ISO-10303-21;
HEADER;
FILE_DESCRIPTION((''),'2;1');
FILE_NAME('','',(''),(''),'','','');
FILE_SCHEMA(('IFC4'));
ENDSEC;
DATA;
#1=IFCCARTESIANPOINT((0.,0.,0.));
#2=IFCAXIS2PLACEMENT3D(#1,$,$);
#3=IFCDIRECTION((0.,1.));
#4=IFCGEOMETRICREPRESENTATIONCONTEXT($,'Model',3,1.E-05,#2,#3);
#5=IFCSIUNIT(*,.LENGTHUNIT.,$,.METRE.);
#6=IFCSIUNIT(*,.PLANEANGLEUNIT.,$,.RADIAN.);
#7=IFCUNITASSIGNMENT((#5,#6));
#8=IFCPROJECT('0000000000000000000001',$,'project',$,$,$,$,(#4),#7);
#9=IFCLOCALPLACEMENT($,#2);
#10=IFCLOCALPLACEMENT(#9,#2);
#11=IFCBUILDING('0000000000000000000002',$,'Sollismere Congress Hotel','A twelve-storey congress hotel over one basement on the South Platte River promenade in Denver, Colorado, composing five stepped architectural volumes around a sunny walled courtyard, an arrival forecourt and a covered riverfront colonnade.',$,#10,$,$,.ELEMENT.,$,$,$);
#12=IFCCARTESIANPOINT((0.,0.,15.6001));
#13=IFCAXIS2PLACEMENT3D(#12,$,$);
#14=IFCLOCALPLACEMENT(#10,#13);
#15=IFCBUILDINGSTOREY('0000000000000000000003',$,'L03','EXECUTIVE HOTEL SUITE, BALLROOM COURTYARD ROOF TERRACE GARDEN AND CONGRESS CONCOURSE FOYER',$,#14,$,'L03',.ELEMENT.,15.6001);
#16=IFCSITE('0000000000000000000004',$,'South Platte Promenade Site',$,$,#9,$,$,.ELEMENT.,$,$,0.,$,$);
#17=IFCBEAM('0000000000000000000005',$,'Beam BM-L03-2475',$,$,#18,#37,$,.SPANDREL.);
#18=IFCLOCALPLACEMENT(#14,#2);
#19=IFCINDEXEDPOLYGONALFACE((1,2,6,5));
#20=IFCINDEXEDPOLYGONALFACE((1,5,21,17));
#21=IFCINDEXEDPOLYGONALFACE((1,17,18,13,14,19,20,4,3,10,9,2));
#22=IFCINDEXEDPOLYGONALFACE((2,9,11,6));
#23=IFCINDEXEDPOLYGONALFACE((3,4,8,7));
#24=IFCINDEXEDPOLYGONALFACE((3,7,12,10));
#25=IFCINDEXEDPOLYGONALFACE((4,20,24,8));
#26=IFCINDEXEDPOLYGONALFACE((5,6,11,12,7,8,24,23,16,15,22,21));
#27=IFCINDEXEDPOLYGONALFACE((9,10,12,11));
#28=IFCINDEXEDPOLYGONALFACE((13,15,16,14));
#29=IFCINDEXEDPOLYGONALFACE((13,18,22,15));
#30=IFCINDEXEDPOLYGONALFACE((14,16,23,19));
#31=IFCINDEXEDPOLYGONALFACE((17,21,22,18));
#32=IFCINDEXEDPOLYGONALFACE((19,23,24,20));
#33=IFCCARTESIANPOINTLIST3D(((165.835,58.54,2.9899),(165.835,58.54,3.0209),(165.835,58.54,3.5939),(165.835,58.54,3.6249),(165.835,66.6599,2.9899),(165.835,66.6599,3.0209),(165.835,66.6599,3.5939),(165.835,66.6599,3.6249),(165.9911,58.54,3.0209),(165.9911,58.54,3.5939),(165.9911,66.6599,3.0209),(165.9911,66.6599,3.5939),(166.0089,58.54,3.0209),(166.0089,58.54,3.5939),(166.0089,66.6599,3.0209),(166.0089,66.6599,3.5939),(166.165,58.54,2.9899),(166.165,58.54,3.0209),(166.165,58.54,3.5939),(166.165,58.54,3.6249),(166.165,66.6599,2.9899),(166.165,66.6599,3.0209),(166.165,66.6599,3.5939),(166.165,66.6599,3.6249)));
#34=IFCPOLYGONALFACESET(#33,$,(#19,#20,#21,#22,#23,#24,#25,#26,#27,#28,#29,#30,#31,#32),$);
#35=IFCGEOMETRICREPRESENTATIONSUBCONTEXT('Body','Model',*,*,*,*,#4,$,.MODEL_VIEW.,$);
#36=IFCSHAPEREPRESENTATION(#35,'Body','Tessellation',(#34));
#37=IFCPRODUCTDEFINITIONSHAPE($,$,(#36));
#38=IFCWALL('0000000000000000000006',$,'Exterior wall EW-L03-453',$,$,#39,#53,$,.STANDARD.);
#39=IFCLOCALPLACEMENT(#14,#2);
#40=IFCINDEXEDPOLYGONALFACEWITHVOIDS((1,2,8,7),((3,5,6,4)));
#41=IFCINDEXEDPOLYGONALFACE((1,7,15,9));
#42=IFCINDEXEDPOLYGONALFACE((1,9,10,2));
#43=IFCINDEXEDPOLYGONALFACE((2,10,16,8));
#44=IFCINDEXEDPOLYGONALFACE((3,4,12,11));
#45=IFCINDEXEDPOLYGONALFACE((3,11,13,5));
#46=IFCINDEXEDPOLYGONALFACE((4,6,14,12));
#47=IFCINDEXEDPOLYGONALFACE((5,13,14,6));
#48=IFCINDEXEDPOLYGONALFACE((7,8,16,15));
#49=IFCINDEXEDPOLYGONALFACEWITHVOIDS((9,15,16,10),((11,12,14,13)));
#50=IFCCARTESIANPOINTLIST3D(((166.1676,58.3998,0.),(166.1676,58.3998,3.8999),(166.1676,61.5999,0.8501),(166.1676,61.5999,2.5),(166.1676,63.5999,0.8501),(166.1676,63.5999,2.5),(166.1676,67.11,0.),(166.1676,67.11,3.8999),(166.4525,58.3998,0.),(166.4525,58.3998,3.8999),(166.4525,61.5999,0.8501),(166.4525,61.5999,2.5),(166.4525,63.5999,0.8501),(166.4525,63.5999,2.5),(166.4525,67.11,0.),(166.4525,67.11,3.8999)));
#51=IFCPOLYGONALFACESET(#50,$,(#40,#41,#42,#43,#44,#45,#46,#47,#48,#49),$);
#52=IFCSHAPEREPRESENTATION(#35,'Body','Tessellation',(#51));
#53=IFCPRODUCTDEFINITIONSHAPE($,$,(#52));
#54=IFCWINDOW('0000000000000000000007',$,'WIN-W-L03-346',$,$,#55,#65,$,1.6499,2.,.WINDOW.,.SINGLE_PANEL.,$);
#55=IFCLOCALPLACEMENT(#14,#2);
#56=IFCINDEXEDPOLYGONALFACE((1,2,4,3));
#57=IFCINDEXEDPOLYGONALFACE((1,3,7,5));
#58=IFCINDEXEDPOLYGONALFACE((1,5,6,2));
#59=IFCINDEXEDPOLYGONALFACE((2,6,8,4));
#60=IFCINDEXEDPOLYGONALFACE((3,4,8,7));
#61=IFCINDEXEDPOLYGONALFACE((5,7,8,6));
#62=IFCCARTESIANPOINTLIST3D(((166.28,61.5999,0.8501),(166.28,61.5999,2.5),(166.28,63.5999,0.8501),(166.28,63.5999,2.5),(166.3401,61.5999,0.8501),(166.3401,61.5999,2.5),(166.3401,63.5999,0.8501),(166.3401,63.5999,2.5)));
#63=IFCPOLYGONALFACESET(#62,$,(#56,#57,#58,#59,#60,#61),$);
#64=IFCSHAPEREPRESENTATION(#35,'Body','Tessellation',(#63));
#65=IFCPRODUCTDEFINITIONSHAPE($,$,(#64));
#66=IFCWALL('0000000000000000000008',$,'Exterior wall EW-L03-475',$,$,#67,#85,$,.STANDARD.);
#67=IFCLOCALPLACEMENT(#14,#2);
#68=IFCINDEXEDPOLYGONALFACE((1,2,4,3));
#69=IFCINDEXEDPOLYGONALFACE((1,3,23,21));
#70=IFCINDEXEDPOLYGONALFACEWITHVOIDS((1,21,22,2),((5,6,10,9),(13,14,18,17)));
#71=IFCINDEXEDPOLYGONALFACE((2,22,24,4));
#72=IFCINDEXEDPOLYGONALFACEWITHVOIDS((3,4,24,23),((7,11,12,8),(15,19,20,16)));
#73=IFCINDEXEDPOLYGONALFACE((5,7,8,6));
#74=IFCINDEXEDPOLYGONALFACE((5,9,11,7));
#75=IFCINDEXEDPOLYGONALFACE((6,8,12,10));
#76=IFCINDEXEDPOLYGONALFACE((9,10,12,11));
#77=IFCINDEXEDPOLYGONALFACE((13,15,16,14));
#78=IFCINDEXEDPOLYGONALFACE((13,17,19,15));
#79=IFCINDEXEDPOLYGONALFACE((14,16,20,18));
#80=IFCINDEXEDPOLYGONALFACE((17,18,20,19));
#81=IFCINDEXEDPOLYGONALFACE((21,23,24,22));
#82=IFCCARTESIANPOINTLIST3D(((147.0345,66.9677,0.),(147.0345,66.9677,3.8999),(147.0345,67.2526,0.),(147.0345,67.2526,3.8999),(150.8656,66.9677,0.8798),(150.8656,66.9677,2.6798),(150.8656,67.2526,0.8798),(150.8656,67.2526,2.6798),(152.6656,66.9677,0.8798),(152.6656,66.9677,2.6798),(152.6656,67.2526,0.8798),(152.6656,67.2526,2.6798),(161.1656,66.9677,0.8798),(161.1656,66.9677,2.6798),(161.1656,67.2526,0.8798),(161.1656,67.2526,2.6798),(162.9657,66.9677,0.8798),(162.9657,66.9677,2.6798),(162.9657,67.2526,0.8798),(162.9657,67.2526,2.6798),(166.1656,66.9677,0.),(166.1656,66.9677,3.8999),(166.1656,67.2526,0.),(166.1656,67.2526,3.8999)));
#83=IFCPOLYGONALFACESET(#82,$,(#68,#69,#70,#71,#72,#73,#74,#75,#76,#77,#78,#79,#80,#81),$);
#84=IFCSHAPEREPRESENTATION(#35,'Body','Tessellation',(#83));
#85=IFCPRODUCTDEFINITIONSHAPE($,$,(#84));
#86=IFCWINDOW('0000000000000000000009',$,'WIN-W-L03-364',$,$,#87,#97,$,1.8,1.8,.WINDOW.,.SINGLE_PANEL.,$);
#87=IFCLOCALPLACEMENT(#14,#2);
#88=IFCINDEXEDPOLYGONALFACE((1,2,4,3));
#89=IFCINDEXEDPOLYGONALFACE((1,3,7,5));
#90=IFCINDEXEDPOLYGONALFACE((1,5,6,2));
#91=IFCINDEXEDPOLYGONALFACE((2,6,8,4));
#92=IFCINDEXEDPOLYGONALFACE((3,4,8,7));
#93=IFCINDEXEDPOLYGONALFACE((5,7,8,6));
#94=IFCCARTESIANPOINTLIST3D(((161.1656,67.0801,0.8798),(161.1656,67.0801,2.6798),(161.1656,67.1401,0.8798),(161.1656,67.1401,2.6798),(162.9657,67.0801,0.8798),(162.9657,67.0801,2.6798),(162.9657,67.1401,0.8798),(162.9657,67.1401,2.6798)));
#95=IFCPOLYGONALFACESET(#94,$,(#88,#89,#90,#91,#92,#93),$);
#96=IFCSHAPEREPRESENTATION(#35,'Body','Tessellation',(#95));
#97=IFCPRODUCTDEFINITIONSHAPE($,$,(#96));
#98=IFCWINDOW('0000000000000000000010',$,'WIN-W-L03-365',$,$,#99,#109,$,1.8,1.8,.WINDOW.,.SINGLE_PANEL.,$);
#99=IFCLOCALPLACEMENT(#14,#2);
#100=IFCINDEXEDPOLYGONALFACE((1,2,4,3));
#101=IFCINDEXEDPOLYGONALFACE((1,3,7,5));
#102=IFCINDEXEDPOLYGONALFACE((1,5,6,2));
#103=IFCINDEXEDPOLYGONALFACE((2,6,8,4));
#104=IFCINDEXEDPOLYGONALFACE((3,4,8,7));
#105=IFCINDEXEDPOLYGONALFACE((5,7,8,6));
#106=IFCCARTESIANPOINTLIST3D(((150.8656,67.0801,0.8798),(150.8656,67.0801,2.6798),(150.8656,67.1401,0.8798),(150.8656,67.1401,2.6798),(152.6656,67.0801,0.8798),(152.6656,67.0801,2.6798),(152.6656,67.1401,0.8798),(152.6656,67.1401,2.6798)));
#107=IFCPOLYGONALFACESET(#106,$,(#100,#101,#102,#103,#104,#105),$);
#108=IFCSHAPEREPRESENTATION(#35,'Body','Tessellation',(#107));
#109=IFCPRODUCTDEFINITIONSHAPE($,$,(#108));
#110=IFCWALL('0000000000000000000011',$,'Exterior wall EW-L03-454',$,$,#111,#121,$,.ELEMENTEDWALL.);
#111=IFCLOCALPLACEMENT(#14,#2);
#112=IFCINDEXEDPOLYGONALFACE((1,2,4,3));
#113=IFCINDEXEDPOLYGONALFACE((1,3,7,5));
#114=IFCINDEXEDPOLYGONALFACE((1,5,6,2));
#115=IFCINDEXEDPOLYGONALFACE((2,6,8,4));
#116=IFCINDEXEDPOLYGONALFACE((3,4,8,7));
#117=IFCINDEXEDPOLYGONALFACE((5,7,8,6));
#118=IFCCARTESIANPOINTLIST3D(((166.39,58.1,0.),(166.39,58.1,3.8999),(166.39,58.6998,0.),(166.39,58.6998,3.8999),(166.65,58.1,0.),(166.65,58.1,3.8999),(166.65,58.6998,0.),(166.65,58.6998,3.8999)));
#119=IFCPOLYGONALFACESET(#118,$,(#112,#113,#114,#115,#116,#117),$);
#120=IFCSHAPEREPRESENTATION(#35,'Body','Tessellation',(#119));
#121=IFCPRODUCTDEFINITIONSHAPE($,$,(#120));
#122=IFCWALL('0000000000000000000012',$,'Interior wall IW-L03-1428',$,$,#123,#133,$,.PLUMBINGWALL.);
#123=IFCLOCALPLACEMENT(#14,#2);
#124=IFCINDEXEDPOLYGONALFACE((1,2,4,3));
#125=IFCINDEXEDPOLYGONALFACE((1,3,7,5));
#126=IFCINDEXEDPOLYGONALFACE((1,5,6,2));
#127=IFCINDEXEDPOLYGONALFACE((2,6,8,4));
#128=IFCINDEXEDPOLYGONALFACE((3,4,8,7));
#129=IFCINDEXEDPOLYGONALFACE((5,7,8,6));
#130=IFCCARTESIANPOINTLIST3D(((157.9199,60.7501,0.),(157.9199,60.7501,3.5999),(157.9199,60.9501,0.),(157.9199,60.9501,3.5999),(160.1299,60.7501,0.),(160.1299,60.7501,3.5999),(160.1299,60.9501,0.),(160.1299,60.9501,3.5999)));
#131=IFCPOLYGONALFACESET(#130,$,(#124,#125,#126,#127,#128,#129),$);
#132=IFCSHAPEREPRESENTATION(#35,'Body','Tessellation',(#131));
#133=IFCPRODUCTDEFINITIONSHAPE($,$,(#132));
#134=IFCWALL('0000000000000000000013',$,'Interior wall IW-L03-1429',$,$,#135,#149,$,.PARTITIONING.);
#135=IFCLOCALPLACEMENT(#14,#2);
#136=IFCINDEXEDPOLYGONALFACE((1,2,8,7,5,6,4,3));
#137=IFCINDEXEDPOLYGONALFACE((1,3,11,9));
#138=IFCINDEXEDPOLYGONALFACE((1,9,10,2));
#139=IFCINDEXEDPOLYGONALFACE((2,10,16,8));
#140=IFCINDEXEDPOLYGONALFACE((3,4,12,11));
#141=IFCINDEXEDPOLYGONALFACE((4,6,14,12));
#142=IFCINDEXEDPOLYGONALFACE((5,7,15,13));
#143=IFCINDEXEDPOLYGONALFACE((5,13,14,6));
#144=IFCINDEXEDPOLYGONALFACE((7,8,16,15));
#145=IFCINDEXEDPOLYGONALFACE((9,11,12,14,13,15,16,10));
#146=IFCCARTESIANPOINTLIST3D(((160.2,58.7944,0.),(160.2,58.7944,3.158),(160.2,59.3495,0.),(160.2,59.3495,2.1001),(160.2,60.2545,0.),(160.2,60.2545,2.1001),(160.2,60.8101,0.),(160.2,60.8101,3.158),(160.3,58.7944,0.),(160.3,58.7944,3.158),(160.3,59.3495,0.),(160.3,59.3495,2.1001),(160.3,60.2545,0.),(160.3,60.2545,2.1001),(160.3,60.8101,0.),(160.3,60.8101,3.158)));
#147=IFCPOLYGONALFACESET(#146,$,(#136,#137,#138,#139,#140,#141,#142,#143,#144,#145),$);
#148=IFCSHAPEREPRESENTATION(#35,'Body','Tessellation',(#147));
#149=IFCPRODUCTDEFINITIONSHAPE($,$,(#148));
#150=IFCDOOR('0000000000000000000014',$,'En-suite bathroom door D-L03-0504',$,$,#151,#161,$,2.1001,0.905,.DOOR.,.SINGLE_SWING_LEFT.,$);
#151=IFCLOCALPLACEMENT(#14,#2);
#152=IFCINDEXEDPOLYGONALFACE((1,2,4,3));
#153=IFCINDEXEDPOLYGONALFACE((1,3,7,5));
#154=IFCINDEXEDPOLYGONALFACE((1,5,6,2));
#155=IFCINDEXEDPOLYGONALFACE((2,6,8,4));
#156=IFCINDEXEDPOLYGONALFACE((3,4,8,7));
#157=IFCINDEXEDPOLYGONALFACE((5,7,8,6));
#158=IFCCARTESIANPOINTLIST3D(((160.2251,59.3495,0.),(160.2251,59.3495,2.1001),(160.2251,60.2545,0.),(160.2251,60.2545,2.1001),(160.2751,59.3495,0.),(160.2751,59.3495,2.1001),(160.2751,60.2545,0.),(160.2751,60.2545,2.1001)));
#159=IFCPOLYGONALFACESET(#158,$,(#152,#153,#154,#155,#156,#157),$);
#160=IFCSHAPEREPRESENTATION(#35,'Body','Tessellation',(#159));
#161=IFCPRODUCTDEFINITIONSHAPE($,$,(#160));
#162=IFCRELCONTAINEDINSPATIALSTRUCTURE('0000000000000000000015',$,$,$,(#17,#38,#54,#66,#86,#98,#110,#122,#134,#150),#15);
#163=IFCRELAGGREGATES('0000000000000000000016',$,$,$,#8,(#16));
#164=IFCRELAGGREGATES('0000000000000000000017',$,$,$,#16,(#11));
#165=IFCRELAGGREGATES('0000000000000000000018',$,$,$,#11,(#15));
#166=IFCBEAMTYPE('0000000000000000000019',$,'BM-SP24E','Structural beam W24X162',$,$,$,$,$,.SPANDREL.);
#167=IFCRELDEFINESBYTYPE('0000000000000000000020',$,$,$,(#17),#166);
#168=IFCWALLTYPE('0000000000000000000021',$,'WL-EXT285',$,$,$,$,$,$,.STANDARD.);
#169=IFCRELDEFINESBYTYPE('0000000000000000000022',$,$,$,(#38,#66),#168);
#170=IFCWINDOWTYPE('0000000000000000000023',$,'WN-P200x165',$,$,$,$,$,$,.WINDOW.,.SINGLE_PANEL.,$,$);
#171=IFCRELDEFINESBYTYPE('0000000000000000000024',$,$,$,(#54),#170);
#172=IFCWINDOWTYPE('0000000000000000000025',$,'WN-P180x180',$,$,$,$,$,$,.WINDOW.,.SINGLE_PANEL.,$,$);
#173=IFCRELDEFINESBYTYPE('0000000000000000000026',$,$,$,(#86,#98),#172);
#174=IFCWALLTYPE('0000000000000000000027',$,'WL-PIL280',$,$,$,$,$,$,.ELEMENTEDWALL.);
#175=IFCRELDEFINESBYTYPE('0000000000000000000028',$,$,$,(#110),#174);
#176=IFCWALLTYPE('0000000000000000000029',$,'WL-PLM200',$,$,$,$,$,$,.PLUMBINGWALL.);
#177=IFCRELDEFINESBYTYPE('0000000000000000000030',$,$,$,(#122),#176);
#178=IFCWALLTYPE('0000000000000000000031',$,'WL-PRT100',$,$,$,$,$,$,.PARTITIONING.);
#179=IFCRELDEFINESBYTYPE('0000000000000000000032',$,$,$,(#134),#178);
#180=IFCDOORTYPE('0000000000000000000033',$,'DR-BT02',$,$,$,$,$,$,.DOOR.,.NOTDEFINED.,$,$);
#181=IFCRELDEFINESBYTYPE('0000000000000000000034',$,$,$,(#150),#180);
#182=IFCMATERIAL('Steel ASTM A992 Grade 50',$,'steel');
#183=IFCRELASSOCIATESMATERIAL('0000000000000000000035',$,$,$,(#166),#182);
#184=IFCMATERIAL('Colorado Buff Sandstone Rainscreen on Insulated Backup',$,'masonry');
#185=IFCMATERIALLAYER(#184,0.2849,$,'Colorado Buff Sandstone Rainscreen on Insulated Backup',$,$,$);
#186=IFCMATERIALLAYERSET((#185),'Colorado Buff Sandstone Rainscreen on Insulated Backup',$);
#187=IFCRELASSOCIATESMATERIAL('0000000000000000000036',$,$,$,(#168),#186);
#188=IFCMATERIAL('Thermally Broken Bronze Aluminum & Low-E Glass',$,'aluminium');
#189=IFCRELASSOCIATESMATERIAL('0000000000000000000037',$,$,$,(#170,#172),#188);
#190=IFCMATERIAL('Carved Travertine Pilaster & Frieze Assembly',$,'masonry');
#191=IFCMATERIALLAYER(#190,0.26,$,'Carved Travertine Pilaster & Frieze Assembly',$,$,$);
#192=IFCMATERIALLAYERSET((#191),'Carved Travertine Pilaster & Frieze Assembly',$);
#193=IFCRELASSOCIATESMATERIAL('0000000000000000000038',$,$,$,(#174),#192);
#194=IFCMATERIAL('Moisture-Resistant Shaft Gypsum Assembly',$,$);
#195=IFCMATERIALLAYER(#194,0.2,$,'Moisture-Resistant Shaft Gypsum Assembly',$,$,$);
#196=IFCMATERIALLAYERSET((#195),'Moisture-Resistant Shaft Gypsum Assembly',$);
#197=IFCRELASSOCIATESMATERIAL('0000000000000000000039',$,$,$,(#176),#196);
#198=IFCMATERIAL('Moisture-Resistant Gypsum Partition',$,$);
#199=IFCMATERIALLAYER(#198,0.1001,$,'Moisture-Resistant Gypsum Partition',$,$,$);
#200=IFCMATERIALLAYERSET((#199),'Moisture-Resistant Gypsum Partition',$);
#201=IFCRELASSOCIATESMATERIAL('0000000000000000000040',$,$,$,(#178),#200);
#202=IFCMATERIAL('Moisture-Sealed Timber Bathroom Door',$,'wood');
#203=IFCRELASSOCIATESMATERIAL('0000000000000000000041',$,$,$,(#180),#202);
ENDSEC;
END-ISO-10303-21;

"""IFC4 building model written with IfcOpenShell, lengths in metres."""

from ifc_helpers import new_model, si_unit, direction, frame, frame_2d, origin, origin_2d, place, context, subcontext, project, spatial, rectangle, i_section, extrude, material, layer, layer_set, material_profile, profile_set, type_object, element, fill, save


model = new_model("IFC4")

# Units and contexts
model_context = context("Model", 3, precision=1e-05, world=origin(), true_north=direction((0.0, 1.0)))
body_context = subcontext(model_context, "Body", "Model", "MODEL_VIEW")
ifc_project = project(units=[si_unit("LENGTHUNIT", "METRE"), si_unit("PLANEANGLEUNIT", "RADIAN")], contexts=[model_context])

# Site, building, storey
site_placement = place(None, origin())
site = spatial("IfcSite", under=ifc_project, at=site_placement, Name="South Platte Promenade Site", CompositionType="ELEMENT", RefElevation=0.0)
building_placement = place(site_placement, origin())
building = spatial("IfcBuilding", under=site, at=building_placement, Name="Sollismere Congress Hotel", Description="A twelve-storey congress hotel over one basement on the South Platte River promenade in Denver, Colorado, composing five stepped architectural volumes around a sunny walled courtyard, an arrival forecourt and a covered riverfront colonnade.", CompositionType="ELEMENT")
storey_placement = place(building_placement, frame((0.0, 0.0, 15.6001)))
storey = spatial("IfcBuildingStorey", under=building, at=storey_placement, Name="L03", Description="EXECUTIVE HOTEL SUITE, BALLROOM COURTYARD ROOF TERRACE GARDEN AND CONGRESS CONCOURSE FOYER", LongName="L03", CompositionType="ELEMENT", Elevation=15.6001)

# Shared definitions
ifc_material_1 = material(Name="Steel ASTM A992 Grade 50", Category="steel")

# Beam
ifc_material_profile_1 = material_profile(ifc_material_1, i_section(OverallWidth=0.3301, OverallDepth=0.635, WebThickness=0.0178, FlangeThickness=0.031, at=origin_2d()), Name="W24X162")
ifc_profile_set_1 = profile_set([ifc_material_profile_1], Name="Steel ASTM A992 Grade 50")
beam_type_1 = type_object("IfcBeamType", Name="BM-SP24E", Description="Structural beam W24X162", PredefinedType="SPANDREL", material=ifc_profile_set_1)
beam_placement = place(storey_placement, frame((166.0, 58.54, 3.3074), z_axis=(0.0, 1.0, 0.0), x_axis=(-1.0, 0.0, 0.0)))
element("IfcBeam", 1, at=beam_placement, inside=storey, type_object=beam_type_1, Name="Beam BM-L03-2475", PredefinedType="SPANDREL", context=body_context, shape_type="SweptSolid", body=[
    extrude(i_section(OverallWidth=0.3301, OverallDepth=0.635, WebThickness=0.0178, FlangeThickness=0.031, at=origin_2d()), origin(), (0.0, 0.0, 1.0), 8.1199),
])

# Wall, opening, window
ifc_material_2 = material(Name="Colorado Buff Sandstone Rainscreen on Insulated Backup", Category="masonry")
ifc_layer_1 = layer(ifc_material_2, 0.2849, Name="Colorado Buff Sandstone Rainscreen on Insulated Backup")
ifc_layer_set_1 = layer_set([ifc_layer_1], Name="Colorado Buff Sandstone Rainscreen on Insulated Backup")
wall_type_1 = type_object("IfcWallType", Name="WL-EXT285", PredefinedType="STANDARD", material=ifc_layer_set_1)
wall_1_placement = place(storey_placement, frame((166.3101, 58.3999, 0.0), z_axis=(0.0, 0.0, 1.0), x_axis=(0.0, 1.0, 0.0)))
wall_1 = element("IfcWall", 2, at=wall_1_placement, inside=storey, type_object=wall_type_1, Name="Exterior wall EW-L03-453", PredefinedType="STANDARD", context=body_context, shape_type="SweptSolid", body=[
    extrude(rectangle(XDim=8.7102, YDim=0.2849, at=frame_2d((4.355, 0.0))), origin(), (0.0, 0.0, 1.0), 3.8999),
])
opening_1_placement = place(wall_1_placement, frame((3.2, 0.0, 0.8501)))
opening_1 = element("IfcOpeningElement", 3, at=opening_1_placement, cuts=wall_1, PredefinedType="OPENING", context=body_context, shape_type="SweptSolid", body=[
    extrude(rectangle(XDim=2.0, YDim=1.6499, at=frame_2d((1.0, 0.825))), frame((0.0, 0.1523, 0.0), z_axis=(0.0, -1.0, 0.0), x_axis=(1.0, 0.0, 0.0)), (0.0, 0.0, 1.0), 0.3049),
])
ifc_material_3 = material(Name="Thermally Broken Bronze Aluminum & Low-E Glass", Category="aluminium")
window_type_1 = type_object("IfcWindowType", Name="WN-P200x165", PartitioningType="SINGLE_PANEL", PredefinedType="WINDOW", material=ifc_material_3)
window_1_placement = place(opening_1_placement, origin())
window_1 = element("IfcWindow", 4, at=window_1_placement, inside=storey, type_object=window_type_1, Name="WIN-W-L03-346", OverallHeight=1.6499, OverallWidth=2.0, PartitioningType="SINGLE_PANEL", PredefinedType="WINDOW", context=body_context, shape_type="SweptSolid", body=[
    extrude(rectangle(XDim=2.0, YDim=1.6499, at=frame_2d((1.0, 0.825))), frame((0.0, 0.03, 0.0), z_axis=(0.0, -1.0, 0.0), x_axis=(1.0, 0.0, 0.0)), (0.0, 0.0, 1.0), 0.0601),
])
fill(opening_1, window_1)

# Wall, openings, windows
wall_2_placement = place(storey_placement, frame((166.1655, 67.1101, 0.0), z_axis=(0.0, 0.0, 1.0), x_axis=(-1.0, 0.0, 0.0)))
wall_2 = element("IfcWall", 5, at=wall_2_placement, inside=storey, type_object=wall_type_1, Name="Exterior wall EW-L03-475", PredefinedType="STANDARD", context=body_context, shape_type="SweptSolid", body=[
    extrude(rectangle(XDim=19.1311, YDim=0.2849, at=frame_2d((9.5654, 0.0))), origin(), (0.0, 0.0, 1.0), 3.8999),
])
opening_2_placement = place(wall_2_placement, frame((3.2, 0.0, 0.8799)))
opening_2 = element("IfcOpeningElement", 6, at=opening_2_placement, cuts=wall_2, PredefinedType="OPENING", context=body_context, shape_type="SweptSolid", body=[
    extrude(rectangle(XDim=1.8, YDim=1.8, at=frame_2d((0.8999, 0.8999))), frame((0.0, 0.1523, 0.0), z_axis=(0.0, -1.0, 0.0), x_axis=(1.0, 0.0, 0.0)), (0.0, 0.0, 1.0), 0.3049),
])
opening_3_placement = place(wall_2_placement, frame((13.5, 0.0, 0.8799)))
opening_3 = element("IfcOpeningElement", 7, at=opening_3_placement, cuts=wall_2, PredefinedType="OPENING", context=body_context, shape_type="SweptSolid", body=[
    extrude(rectangle(XDim=1.8, YDim=1.8, at=frame_2d((0.8999, 0.8999))), frame((0.0, 0.1523, 0.0), z_axis=(0.0, -1.0, 0.0), x_axis=(1.0, 0.0, 0.0)), (0.0, 0.0, 1.0), 0.3049),
])
window_type_2 = type_object("IfcWindowType", Name="WN-P180x180", PartitioningType="SINGLE_PANEL", PredefinedType="WINDOW", material=ifc_material_3)
window_2_placement = place(opening_2_placement, origin())
window_2 = element("IfcWindow", 8, at=window_2_placement, inside=storey, type_object=window_type_2, Name="WIN-W-L03-364", OverallHeight=1.8, OverallWidth=1.8, PartitioningType="SINGLE_PANEL", PredefinedType="WINDOW", context=body_context, shape_type="SweptSolid", body=[
    extrude(rectangle(XDim=1.8, YDim=1.8, at=frame_2d((0.8999, 0.8999))), frame((0.0, 0.03, 0.0), z_axis=(0.0, -1.0, 0.0), x_axis=(1.0, 0.0, 0.0)), (0.0, 0.0, 1.0), 0.0601),
])
fill(opening_2, window_2)
window_3_placement = place(opening_3_placement, origin())
window_3 = element("IfcWindow", 9, at=window_3_placement, inside=storey, type_object=window_type_2, Name="WIN-W-L03-365", OverallHeight=1.8, OverallWidth=1.8, PartitioningType="SINGLE_PANEL", PredefinedType="WINDOW", context=body_context, shape_type="SweptSolid", body=[
    extrude(rectangle(XDim=1.8, YDim=1.8, at=frame_2d((0.8999, 0.8999))), frame((0.0, 0.03, 0.0), z_axis=(0.0, -1.0, 0.0), x_axis=(1.0, 0.0, 0.0)), (0.0, 0.0, 1.0), 0.0601),
])
fill(opening_3, window_3)

# Walls
ifc_material_4 = material(Name="Carved Travertine Pilaster & Frieze Assembly", Category="masonry")
ifc_layer_2 = layer(ifc_material_4, 0.26, Name="Carved Travertine Pilaster & Frieze Assembly")
ifc_layer_set_2 = layer_set([ifc_layer_2], Name="Carved Travertine Pilaster & Frieze Assembly")
wall_type_2 = type_object("IfcWallType", Name="WL-PIL280", PredefinedType="ELEMENTEDWALL", material=ifc_layer_set_2)
wall_3_placement = place(storey_placement, frame((166.52, 58.1001, 0.0), z_axis=(0.0, 0.0, 1.0), x_axis=(0.0, 1.0, 0.0)))
element("IfcWall", 10, at=wall_3_placement, inside=storey, type_object=wall_type_2, Name="Exterior wall EW-L03-454", PredefinedType="ELEMENTEDWALL", context=body_context, shape_type="SweptSolid", body=[
    extrude(rectangle(XDim=0.5999, YDim=0.26, at=frame_2d((0.2998, 0.0))), origin(), (0.0, 0.0, 1.0), 3.8999),
])
ifc_material_5 = material(Name="Moisture-Resistant Shaft Gypsum Assembly")
ifc_layer_3 = layer(ifc_material_5, 0.2, Name="Moisture-Resistant Shaft Gypsum Assembly")
ifc_layer_set_3 = layer_set([ifc_layer_3], Name="Moisture-Resistant Shaft Gypsum Assembly")
wall_type_3 = type_object("IfcWallType", Name="WL-PLM200", PredefinedType="PLUMBINGWALL", material=ifc_layer_set_3)
wall_4_placement = place(storey_placement, frame((157.9199, 60.8501, 0.0), z_axis=(0.0, 0.0, 1.0), x_axis=(1.0, 0.0, 0.0)))
element("IfcWall", 11, at=wall_4_placement, inside=storey, type_object=wall_type_3, Name="Interior wall IW-L03-1428", PredefinedType="PLUMBINGWALL", context=body_context, shape_type="SweptSolid", body=[
    extrude(rectangle(XDim=2.21, YDim=0.2, at=frame_2d((1.105, 0.0))), origin(), (0.0, 0.0, 1.0), 3.5999),
])

# Wall, opening, door
ifc_material_6 = material(Name="Moisture-Resistant Gypsum Partition")
ifc_layer_4 = layer(ifc_material_6, 0.1001, Name="Moisture-Resistant Gypsum Partition")
ifc_layer_set_4 = layer_set([ifc_layer_4], Name="Moisture-Resistant Gypsum Partition")
wall_type_4 = type_object("IfcWallType", Name="WL-PRT100", PredefinedType="PARTITIONING", material=ifc_layer_set_4)
wall_5_placement = place(storey_placement, frame((160.25, 58.7944, 0.0), z_axis=(0.0, 0.0, 1.0), x_axis=(0.0, 1.0, 0.0)))
wall_5 = element("IfcWall", 12, at=wall_5_placement, inside=storey, type_object=wall_type_4, Name="Interior wall IW-L03-1429", PredefinedType="PARTITIONING", context=body_context, shape_type="SweptSolid", body=[
    extrude(rectangle(XDim=2.0156, YDim=0.1001, at=frame_2d((1.0078, 0.0))), origin(), (0.0, 0.0, 1.0), 3.158),
])
opening_4_placement = place(wall_5_placement, frame((0.5549, 0.0, 0.0)))
opening_4 = element("IfcOpeningElement", 13, at=opening_4_placement, cuts=wall_5, PredefinedType="OPENING", context=body_context, shape_type="SweptSolid", body=[
    extrude(rectangle(XDim=0.905, YDim=2.1001, at=frame_2d((0.4526, 1.05))), frame((0.0, 0.0601, 0.0), z_axis=(0.0, -1.0, 0.0), x_axis=(1.0, 0.0, 0.0)), (0.0, 0.0, 1.0), 0.1201),
])
ifc_material_7 = material(Name="Moisture-Sealed Timber Bathroom Door", Category="wood")
door_type_1 = type_object("IfcDoorType", Name="DR-BT02", OperationType="NOTDEFINED", PredefinedType="DOOR", material=ifc_material_7)
door_1_placement = place(opening_4_placement, origin())
door_1 = element("IfcDoor", 14, at=door_1_placement, inside=storey, type_object=door_type_1, Name="En-suite bathroom door D-L03-0504", OperationType="SINGLE_SWING_LEFT", OverallHeight=2.1001, OverallWidth=0.905, PredefinedType="DOOR", context=body_context, shape_type="SweptSolid", body=[
    extrude(rectangle(XDim=0.905, YDim=2.1001, at=frame_2d((0.4526, 1.05))), frame((0.0, 0.0249, 0.0), z_axis=(0.0, -1.0, 0.0), x_axis=(1.0, 0.0, 0.0)), (0.0, 0.0, 1.0), 0.05),
])
fill(opening_4, door_1)

save(model, "model.ifc")
